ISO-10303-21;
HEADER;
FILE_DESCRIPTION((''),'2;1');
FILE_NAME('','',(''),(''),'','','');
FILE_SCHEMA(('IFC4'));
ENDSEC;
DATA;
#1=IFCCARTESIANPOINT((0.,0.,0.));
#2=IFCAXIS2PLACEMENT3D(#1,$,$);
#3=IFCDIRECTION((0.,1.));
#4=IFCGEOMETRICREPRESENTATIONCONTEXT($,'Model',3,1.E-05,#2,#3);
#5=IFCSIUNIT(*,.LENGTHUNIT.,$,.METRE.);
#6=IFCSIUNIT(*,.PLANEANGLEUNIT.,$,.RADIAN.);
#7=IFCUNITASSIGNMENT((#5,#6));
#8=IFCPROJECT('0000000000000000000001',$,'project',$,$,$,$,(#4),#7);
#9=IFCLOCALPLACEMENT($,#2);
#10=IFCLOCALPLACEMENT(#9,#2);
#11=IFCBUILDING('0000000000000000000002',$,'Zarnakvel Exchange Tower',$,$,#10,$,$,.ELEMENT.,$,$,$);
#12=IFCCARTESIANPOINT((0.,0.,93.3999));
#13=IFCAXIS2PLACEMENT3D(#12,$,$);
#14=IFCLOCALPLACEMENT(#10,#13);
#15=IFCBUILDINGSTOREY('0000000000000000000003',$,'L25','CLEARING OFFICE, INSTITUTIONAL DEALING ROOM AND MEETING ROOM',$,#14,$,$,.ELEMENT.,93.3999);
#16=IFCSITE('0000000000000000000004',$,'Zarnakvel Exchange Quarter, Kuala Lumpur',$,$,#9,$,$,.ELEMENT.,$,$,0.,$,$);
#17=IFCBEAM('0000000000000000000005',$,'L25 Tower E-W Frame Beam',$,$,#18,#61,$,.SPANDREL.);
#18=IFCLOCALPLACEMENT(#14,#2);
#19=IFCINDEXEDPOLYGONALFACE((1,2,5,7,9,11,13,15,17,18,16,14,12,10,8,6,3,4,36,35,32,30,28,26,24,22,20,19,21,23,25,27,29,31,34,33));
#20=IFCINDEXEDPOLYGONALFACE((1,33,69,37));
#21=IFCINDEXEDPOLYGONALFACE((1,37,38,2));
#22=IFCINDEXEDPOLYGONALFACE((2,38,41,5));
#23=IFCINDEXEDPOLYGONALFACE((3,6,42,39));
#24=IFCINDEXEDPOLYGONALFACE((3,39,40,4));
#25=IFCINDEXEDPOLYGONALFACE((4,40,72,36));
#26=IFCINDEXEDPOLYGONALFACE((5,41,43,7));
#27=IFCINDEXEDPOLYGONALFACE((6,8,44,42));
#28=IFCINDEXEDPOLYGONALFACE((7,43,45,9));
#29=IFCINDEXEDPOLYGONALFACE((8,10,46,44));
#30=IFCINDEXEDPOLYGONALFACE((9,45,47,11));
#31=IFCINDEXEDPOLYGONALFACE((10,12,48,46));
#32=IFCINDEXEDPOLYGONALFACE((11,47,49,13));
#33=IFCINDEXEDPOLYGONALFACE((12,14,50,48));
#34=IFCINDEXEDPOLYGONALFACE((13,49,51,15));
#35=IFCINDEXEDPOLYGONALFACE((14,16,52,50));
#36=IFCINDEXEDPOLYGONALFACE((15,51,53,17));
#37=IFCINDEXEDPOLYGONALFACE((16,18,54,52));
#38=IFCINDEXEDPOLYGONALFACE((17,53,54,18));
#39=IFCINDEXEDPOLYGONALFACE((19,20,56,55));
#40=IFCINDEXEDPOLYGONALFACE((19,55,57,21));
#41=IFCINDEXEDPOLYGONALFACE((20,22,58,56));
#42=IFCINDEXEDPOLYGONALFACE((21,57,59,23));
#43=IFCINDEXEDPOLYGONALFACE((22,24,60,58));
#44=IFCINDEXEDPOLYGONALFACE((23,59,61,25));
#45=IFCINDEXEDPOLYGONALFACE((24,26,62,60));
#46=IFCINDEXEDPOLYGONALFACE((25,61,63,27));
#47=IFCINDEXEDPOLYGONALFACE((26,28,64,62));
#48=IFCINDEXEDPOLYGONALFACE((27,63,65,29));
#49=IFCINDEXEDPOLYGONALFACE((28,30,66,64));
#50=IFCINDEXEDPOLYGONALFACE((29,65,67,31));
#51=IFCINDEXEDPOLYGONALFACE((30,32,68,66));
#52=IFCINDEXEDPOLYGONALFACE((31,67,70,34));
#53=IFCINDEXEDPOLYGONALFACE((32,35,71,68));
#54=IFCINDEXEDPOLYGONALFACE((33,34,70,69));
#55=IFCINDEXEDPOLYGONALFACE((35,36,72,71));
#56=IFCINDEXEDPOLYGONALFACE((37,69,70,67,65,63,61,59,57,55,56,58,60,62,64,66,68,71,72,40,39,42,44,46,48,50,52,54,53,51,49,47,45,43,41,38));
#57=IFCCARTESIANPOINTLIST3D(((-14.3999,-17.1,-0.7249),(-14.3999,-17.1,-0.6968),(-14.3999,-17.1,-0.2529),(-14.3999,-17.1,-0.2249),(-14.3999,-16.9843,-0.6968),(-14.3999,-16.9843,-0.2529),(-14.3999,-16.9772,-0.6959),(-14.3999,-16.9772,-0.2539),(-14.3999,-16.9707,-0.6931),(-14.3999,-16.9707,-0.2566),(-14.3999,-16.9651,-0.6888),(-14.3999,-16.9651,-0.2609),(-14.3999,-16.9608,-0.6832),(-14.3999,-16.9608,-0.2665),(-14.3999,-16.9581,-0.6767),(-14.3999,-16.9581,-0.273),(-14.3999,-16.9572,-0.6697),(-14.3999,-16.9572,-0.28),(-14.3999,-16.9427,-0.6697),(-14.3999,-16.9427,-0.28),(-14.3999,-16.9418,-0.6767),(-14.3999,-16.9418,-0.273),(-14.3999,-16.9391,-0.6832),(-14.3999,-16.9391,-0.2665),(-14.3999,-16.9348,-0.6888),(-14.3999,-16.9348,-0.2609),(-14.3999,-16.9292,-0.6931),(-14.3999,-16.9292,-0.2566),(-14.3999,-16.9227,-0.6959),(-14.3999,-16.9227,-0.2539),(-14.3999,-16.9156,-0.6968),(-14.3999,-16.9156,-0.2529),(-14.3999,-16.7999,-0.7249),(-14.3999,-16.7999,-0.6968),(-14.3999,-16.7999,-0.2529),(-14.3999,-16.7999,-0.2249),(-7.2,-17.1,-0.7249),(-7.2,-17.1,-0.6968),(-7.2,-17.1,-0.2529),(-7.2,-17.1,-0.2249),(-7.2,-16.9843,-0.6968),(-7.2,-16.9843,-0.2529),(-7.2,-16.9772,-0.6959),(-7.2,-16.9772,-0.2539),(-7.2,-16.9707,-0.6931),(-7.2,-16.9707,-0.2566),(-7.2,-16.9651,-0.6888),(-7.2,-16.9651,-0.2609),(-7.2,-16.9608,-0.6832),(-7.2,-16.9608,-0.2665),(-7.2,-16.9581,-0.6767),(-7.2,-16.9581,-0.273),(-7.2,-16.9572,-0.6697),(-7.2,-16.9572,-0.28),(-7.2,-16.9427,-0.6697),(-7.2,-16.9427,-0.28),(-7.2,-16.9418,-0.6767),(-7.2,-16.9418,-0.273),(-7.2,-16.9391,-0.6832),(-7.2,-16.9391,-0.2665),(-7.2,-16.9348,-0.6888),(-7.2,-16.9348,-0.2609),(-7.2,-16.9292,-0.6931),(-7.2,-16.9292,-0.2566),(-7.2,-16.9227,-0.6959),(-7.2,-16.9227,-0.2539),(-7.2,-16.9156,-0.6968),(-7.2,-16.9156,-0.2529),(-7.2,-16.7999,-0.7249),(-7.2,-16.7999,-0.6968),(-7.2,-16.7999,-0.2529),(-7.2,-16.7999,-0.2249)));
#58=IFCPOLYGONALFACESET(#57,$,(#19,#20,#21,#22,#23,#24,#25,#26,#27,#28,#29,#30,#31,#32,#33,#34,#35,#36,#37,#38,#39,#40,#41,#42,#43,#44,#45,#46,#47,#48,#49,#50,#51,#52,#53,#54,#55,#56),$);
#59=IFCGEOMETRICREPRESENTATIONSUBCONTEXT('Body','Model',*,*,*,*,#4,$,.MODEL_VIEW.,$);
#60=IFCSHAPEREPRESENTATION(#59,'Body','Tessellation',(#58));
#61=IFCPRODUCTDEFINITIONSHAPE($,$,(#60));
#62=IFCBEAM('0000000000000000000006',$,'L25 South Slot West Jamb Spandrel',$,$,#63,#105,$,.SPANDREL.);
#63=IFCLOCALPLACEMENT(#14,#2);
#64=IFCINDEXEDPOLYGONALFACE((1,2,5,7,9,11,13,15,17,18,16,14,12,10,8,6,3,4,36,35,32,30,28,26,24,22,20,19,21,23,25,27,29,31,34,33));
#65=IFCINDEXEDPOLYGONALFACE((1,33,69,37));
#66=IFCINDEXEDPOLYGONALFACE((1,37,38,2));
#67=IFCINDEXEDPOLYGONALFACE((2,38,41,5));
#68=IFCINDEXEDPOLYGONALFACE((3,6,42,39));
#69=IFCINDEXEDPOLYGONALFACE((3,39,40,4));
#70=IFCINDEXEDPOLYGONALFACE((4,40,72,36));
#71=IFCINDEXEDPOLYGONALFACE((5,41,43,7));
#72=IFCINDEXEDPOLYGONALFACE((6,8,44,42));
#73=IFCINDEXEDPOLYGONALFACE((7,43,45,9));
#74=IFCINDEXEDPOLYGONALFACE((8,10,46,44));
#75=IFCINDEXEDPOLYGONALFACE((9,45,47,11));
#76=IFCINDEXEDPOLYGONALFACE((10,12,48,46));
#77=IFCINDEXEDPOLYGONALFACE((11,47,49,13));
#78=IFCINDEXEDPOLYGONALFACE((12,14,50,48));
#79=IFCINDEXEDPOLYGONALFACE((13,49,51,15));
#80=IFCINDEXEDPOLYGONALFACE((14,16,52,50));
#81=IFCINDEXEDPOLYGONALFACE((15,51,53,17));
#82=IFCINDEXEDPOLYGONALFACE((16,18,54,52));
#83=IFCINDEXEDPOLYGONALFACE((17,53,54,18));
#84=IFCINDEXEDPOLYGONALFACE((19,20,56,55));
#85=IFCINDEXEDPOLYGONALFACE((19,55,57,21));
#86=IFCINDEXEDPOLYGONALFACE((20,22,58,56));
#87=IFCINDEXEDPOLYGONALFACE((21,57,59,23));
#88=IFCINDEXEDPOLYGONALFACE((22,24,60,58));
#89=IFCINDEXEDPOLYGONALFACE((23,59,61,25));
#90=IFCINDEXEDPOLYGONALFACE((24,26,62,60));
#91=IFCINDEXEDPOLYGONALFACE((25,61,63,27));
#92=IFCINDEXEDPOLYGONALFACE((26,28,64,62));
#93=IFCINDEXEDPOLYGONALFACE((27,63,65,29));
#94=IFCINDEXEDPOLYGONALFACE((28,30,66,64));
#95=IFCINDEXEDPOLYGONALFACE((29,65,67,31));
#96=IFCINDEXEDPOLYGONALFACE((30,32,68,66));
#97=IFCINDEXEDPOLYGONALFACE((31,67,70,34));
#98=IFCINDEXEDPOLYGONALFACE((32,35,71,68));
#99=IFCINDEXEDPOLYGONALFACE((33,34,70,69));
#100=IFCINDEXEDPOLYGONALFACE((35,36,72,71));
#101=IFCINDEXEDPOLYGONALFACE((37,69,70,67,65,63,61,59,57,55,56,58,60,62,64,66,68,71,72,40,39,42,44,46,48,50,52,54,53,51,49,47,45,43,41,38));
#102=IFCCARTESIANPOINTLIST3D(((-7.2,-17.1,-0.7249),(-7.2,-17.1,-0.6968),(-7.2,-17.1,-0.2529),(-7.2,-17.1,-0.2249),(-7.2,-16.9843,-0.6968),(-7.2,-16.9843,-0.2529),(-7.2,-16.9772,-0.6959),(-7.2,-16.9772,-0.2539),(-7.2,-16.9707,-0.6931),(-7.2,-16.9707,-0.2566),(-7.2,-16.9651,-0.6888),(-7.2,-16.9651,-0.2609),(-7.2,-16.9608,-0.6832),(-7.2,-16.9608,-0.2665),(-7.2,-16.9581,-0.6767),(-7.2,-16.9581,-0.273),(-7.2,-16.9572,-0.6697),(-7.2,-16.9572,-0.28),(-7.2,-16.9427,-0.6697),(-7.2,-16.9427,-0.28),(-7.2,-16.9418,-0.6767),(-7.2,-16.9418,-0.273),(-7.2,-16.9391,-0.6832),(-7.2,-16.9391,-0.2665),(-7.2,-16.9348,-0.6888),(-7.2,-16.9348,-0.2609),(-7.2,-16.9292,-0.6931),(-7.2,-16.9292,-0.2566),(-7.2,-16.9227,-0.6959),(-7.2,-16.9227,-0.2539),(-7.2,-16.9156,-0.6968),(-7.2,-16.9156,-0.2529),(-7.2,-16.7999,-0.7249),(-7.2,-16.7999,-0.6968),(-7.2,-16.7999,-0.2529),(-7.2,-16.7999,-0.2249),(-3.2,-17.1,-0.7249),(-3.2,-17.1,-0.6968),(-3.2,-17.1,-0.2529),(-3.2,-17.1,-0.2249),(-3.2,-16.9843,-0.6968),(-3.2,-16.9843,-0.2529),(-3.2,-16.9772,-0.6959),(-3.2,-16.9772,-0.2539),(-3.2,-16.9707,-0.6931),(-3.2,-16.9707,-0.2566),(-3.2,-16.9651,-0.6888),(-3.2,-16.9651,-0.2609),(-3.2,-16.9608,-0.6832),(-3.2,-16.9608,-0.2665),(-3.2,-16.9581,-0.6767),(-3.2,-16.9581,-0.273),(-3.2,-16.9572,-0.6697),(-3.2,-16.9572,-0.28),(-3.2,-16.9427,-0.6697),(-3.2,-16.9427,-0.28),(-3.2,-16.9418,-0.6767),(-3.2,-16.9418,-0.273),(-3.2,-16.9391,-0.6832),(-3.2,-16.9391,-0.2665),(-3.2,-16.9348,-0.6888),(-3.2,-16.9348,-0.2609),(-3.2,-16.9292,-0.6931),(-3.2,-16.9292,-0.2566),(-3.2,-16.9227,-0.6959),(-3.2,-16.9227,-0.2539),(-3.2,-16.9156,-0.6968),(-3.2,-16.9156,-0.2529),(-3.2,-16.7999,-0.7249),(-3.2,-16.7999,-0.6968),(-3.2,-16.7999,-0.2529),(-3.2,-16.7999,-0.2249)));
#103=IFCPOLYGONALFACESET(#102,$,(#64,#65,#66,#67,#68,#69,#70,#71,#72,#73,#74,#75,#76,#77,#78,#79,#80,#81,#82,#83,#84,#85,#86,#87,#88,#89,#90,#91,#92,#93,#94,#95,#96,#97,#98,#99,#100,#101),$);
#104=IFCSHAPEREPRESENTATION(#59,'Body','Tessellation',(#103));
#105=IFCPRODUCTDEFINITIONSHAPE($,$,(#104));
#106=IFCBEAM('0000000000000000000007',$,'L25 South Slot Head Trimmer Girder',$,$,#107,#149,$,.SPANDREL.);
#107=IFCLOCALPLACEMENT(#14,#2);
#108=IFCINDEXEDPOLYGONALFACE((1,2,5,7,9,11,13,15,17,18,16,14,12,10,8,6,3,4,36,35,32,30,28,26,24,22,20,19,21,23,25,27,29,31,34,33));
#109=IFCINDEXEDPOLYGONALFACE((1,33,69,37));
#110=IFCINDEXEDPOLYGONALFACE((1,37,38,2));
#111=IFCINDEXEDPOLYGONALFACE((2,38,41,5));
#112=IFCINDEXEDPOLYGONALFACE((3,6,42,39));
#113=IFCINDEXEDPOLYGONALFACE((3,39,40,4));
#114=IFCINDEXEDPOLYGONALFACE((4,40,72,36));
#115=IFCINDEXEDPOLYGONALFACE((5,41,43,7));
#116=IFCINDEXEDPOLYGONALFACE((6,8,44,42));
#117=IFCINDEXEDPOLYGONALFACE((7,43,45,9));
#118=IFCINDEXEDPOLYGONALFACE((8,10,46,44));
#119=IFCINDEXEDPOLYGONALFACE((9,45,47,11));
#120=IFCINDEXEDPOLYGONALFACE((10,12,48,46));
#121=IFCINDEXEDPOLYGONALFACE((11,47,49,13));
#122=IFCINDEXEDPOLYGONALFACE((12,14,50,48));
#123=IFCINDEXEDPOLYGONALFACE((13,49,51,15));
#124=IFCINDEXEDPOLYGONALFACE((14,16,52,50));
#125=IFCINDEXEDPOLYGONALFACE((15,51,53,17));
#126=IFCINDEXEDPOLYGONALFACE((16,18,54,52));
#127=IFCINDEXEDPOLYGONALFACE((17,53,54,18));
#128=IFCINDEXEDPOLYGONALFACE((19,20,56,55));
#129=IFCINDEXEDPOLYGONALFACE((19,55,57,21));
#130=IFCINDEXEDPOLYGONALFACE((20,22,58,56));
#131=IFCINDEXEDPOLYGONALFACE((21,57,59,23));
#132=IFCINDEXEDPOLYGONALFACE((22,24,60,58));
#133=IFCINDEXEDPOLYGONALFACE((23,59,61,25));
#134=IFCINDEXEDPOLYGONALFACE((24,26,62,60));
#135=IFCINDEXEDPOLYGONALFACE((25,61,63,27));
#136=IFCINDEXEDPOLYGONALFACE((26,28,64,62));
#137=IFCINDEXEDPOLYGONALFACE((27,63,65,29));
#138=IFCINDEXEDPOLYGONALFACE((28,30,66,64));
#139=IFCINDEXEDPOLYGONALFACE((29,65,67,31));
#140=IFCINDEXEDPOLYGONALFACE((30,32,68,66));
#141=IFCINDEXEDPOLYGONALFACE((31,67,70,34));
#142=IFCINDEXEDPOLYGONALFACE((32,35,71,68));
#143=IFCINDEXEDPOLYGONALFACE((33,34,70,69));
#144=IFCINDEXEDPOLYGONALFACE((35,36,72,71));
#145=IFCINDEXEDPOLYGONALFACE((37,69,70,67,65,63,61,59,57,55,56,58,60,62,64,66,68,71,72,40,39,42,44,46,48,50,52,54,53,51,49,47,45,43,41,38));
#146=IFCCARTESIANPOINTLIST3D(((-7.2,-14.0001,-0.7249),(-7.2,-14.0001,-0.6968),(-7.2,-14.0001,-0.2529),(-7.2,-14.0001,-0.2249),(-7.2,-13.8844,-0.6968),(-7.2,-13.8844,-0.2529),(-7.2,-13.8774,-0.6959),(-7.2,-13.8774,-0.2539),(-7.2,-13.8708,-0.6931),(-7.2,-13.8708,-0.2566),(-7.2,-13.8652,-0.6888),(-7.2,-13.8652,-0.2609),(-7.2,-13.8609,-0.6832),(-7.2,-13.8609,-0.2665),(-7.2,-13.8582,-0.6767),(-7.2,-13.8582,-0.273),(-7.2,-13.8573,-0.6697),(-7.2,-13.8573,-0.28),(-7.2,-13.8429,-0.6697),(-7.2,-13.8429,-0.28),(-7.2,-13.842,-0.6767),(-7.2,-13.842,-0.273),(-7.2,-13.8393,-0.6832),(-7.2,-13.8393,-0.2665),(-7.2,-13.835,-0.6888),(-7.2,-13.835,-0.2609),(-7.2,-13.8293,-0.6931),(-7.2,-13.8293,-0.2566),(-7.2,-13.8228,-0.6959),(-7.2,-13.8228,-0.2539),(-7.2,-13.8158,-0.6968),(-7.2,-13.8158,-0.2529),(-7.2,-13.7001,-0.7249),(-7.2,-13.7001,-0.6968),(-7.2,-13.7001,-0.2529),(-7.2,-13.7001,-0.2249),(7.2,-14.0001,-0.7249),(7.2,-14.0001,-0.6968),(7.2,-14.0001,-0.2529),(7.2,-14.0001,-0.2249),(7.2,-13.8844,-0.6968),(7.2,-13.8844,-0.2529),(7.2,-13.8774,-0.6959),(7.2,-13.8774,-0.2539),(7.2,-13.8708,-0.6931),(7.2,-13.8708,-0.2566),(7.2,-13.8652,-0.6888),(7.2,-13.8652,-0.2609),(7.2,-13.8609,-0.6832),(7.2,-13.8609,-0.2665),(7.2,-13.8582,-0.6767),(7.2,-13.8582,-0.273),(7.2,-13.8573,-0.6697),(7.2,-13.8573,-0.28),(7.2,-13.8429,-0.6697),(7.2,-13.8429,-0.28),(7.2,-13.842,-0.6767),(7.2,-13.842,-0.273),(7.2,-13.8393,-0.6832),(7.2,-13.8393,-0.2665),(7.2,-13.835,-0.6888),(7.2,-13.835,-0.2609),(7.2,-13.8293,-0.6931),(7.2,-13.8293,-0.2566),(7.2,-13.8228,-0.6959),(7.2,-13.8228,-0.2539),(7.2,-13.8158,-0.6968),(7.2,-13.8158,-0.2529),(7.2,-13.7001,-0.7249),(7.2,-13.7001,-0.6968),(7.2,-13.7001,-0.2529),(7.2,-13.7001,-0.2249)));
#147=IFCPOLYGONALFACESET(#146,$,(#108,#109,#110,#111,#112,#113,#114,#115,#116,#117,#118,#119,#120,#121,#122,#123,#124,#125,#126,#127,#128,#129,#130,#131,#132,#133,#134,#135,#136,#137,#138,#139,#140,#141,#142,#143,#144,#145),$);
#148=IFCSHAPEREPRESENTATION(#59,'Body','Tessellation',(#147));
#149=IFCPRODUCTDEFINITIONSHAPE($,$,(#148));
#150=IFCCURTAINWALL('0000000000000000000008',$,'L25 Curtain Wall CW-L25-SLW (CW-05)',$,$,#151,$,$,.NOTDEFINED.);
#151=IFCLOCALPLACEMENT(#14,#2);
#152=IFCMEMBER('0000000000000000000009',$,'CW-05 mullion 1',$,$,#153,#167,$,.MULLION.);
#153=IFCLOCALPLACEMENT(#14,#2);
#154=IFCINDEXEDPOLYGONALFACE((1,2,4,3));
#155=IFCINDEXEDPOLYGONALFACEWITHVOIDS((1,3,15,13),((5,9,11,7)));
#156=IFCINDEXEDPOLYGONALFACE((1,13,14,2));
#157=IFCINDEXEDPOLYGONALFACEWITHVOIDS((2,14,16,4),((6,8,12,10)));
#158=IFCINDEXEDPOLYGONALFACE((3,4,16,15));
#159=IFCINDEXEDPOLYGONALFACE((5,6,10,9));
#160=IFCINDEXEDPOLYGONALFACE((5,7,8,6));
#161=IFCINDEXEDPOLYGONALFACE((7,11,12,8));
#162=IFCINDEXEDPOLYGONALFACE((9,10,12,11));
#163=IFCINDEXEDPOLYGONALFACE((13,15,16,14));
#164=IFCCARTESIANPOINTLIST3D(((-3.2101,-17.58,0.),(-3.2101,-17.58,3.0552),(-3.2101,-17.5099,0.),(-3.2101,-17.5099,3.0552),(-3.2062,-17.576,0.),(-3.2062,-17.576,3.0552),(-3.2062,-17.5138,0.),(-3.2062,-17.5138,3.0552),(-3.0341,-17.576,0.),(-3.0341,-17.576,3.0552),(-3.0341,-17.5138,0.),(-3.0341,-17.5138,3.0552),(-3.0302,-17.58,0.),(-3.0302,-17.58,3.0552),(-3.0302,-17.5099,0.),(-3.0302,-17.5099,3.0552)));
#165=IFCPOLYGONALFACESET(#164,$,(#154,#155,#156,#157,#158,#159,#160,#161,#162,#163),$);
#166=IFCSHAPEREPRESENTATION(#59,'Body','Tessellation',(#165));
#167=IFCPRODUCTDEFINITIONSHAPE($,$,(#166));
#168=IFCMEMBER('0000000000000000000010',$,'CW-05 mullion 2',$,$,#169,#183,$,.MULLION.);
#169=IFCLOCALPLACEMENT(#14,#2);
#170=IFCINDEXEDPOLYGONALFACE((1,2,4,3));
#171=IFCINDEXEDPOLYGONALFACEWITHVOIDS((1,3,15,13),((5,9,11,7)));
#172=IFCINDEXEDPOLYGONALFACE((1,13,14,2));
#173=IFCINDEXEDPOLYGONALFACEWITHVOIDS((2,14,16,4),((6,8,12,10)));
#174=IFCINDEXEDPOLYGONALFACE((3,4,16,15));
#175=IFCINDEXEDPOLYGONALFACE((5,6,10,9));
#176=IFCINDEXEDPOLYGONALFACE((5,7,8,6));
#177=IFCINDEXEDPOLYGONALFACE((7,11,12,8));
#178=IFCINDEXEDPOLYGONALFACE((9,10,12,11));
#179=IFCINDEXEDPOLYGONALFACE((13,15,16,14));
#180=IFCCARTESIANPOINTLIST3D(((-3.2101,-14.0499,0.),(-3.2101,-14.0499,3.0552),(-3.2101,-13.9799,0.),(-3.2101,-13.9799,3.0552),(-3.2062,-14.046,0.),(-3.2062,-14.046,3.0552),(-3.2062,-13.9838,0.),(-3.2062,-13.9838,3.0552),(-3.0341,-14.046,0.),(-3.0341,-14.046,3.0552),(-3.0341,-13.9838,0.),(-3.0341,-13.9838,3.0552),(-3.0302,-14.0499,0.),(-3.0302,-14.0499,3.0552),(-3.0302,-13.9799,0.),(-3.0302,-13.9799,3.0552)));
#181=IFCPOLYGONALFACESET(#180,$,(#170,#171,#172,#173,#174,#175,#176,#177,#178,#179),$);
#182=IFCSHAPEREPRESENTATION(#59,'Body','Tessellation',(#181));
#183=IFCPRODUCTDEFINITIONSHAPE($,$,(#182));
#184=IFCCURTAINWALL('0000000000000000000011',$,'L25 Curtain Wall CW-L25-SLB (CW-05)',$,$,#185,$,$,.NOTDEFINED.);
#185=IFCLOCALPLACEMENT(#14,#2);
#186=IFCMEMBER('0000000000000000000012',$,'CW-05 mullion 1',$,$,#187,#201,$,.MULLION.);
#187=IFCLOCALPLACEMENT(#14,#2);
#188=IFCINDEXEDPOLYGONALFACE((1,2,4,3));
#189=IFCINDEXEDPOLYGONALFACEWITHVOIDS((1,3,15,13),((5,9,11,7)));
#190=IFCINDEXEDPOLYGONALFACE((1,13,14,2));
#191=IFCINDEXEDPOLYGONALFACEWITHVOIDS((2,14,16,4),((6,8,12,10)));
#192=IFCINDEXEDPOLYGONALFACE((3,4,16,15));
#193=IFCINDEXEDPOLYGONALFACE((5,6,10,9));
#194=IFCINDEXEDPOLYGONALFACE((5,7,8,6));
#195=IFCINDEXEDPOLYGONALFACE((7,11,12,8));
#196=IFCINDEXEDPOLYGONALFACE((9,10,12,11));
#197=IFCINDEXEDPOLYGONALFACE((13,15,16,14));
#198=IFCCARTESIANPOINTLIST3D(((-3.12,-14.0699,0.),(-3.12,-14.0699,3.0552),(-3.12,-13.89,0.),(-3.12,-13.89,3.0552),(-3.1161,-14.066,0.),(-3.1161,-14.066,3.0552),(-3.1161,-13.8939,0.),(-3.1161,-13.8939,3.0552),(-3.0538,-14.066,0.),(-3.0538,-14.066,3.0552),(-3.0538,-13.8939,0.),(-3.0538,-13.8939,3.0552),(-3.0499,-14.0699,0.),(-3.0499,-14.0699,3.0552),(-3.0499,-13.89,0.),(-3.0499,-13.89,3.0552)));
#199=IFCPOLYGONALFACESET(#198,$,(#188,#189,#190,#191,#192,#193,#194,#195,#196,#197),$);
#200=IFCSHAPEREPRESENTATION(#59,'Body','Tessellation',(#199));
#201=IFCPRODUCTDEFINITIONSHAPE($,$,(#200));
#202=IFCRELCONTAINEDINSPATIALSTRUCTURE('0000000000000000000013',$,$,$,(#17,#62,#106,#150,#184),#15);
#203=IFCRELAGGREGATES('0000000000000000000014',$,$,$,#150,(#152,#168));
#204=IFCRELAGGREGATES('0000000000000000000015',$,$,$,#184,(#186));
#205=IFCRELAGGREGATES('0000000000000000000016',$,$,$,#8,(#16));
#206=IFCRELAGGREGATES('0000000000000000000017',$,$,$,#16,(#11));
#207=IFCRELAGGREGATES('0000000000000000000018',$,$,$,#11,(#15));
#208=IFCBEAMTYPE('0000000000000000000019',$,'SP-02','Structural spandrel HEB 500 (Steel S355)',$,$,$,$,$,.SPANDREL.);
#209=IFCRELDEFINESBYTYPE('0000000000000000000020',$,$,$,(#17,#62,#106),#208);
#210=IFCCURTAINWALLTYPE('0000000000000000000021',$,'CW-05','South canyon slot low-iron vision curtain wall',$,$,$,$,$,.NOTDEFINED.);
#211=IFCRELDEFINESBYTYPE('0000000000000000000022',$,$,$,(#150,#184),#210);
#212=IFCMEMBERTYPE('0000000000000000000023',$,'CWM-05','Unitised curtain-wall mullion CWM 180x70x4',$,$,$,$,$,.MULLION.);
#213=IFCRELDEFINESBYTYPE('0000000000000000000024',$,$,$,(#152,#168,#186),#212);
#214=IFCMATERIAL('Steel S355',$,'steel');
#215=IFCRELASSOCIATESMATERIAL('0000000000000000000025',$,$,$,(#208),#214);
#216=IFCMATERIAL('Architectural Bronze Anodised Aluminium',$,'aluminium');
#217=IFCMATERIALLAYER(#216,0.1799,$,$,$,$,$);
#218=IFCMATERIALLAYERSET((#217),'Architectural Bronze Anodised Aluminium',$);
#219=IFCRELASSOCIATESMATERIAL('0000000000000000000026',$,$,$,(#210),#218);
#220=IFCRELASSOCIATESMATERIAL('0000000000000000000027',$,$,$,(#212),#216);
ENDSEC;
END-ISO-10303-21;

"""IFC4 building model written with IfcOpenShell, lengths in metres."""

from ifc_helpers import new_model, si_unit, direction, frame, origin, origin_2d, place, context, subcontext, project, spatial, hollow_rectangle, i_section, extrude, source, transform, mapped, material, layer, layer_set, material_profile, profile_set, type_object, element, aggregate, save


model = new_model("IFC4")

# Units and contexts
model_context = context("Model", 3, precision=1e-05, world=origin(), true_north=direction((0.0, 1.0)))
body_context = subcontext(model_context, "Body", "Model", "MODEL_VIEW")
ifc_project = project(units=[si_unit("LENGTHUNIT", "METRE"), si_unit("PLANEANGLEUNIT", "RADIAN")], contexts=[model_context])

# Site, building, storey
site_placement = place(None, origin())
site = spatial("IfcSite", under=ifc_project, at=site_placement, Name="Zarnakvel Exchange Quarter, Kuala Lumpur", CompositionType="ELEMENT", RefElevation=0.0)
building_placement = place(site_placement, origin())
building = spatial("IfcBuilding", under=site, at=building_placement, Name="Zarnakvel Exchange Tower", CompositionType="ELEMENT")
storey_placement = place(building_placement, frame((0.0, 0.0, 93.3999)))
storey = spatial("IfcBuildingStorey", under=building, at=storey_placement, Name="L25", Description="CLEARING OFFICE, INSTITUTIONAL DEALING ROOM AND MEETING ROOM", CompositionType="ELEMENT", Elevation=93.3999)

# Beams
ifc_material_1 = material(Name="Steel S355", Category="steel")
ifc_material_profile_1 = material_profile(ifc_material_1, i_section(OverallWidth=0.3, OverallDepth=0.5, WebThickness=0.0144, FlangeThickness=0.0281, FilletRadius=0.0271, at=origin_2d()))
ifc_profile_set_1 = profile_set([ifc_material_profile_1], Name="Steel S355")
beam_type_1 = type_object("IfcBeamType", Name="SP-02", Description="Structural spandrel HEB 500 (Steel S355)", PredefinedType="SPANDREL", material=ifc_profile_set_1)
beam_1_placement = place(storey_placement, frame((-14.3999, -16.95, -0.4749), z_axis=(1.0, 0.0, 0.0), x_axis=(0.0, 1.0, 0.0)))
element("IfcBeam", 1, at=beam_1_placement, inside=storey, type_object=beam_type_1, Name="L25 Tower E-W Frame Beam", PredefinedType="SPANDREL", context=body_context, shape_type="SweptSolid", body=[
    extrude(i_section(OverallWidth=0.3, OverallDepth=0.5, WebThickness=0.0144, FlangeThickness=0.0281, FilletRadius=0.0271, at=origin_2d()), origin(), (0.0, 0.0, 1.0), 7.2),
])
beam_2_placement = place(storey_placement, frame((-7.2, -16.95, -0.4749), z_axis=(1.0, 0.0, 0.0), x_axis=(0.0, 1.0, 0.0)))
element("IfcBeam", 2, at=beam_2_placement, inside=storey, type_object=beam_type_1, Name="L25 South Slot West Jamb Spandrel", PredefinedType="SPANDREL", context=body_context, shape_type="SweptSolid", body=[
    extrude(i_section(OverallWidth=0.3, OverallDepth=0.5, WebThickness=0.0144, FlangeThickness=0.0281, FilletRadius=0.0271, at=origin_2d()), origin(), (0.0, 0.0, 1.0), 4.0),
])
beam_3_placement = place(storey_placement, frame((-7.2, -13.8501, -0.4749), z_axis=(1.0, 0.0, 0.0), x_axis=(0.0, 1.0, 0.0)))
element("IfcBeam", 3, at=beam_3_placement, inside=storey, type_object=beam_type_1, Name="L25 South Slot Head Trimmer Girder", PredefinedType="SPANDREL", context=body_context, shape_type="SweptSolid", body=[
    extrude(i_section(OverallWidth=0.3, OverallDepth=0.5, WebThickness=0.0144, FlangeThickness=0.0281, FilletRadius=0.0271, at=origin_2d()), origin(), (0.0, 0.0, 1.0), 14.3999),
])

# Curtain wall, members
ifc_material_2 = material(Name="Architectural Bronze Anodised Aluminium", Category="aluminium")
ifc_layer_1 = layer(ifc_material_2, 0.1799)
ifc_layer_set_1 = layer_set([ifc_layer_1], Name="Architectural Bronze Anodised Aluminium")
curtain_wall_type = type_object("IfcCurtainWallType", Name="CW-05", Description="South canyon slot low-iron vision curtain wall", PredefinedType="NOTDEFINED", material=ifc_layer_set_1)
curtain_wall_1_placement = place(storey_placement, origin())
curtain_wall_1 = element("IfcCurtainWall", 4, at=curtain_wall_1_placement, inside=storey, type_object=curtain_wall_type, Name="L25 Curtain Wall CW-L25-SLW (CW-05)", PredefinedType="NOTDEFINED")
ifc_material_profile_2 = material_profile(ifc_material_2, hollow_rectangle(XDim=0.1799, YDim=0.0701, WallThickness=0.0039, at=origin_2d()))
ifc_profile_set_2 = profile_set([ifc_material_profile_2], Name="Architectural Bronze Anodised Aluminium")
member_type_1 = type_object("IfcMemberType", Name="CWM-05", Description="Unitised curtain-wall mullion CWM 180x70x4", PredefinedType="MULLION", material=ifc_profile_set_2)
shared_shape_1 = source(origin(), body_context, "Body", "SweptSolid", [
    extrude(hollow_rectangle(XDim=0.1799, YDim=0.0701, WallThickness=0.0039, at=origin_2d()), origin(), (0.0, 0.0, 1.0), 3.0552),
])
member_1_placement = place(storey_placement, frame((-3.1201, -17.5449, 0.0), z_axis=(0.0, 0.0, 1.0), x_axis=(-1.0, 0.0, 0.0)))
member_1 = element("IfcMember", 5, at=member_1_placement, type_object=member_type_1, Name="CW-05 mullion 1", PredefinedType="MULLION", context=body_context, shape_type="MappedRepresentation", body=[
    mapped(shared_shape_1, transform((0.0, 0.0, 0.0), x_axis=(1.0, 0.0, 0.0), y_axis=(0.0, 1.0, 0.0), z_axis=(0.0, 0.0, 1.0), scale=1.0)),
])
member_2_placement = place(storey_placement, frame((-3.1201, -14.0149, 0.0), z_axis=(0.0, 0.0, 1.0), x_axis=(-1.0, 0.0, 0.0)))
member_2 = element("IfcMember", 6, at=member_2_placement, type_object=member_type_1, Name="CW-05 mullion 2", PredefinedType="MULLION", context=body_context, shape_type="MappedRepresentation", body=[
    mapped(shared_shape_1, transform((0.0, 0.0, 0.0), x_axis=(1.0, 0.0, 0.0), y_axis=(0.0, 1.0, 0.0), z_axis=(0.0, 0.0, 1.0), scale=1.0)),
])

# Curtain wall, member
curtain_wall_2_placement = place(storey_placement, origin())
curtain_wall_2 = element("IfcCurtainWall", 7, at=curtain_wall_2_placement, inside=storey, type_object=curtain_wall_type, Name="L25 Curtain Wall CW-L25-SLB (CW-05)", PredefinedType="NOTDEFINED")
member_3_placement = place(storey_placement, frame((-3.085, -13.98, 0.0), z_axis=(0.0, 0.0, 1.0), x_axis=(0.0, 1.0, 0.0)))
member_3 = element("IfcMember", 8, at=member_3_placement, type_object=member_type_1, Name="CW-05 mullion 1", PredefinedType="MULLION", context=body_context, shape_type="MappedRepresentation", body=[
    mapped(shared_shape_1, transform((0.0, 0.0, 0.0), x_axis=(1.0, 0.0, 0.0), y_axis=(0.0, 1.0, 0.0), z_axis=(0.0, 0.0, 1.0), scale=1.0)),
])

aggregate(curtain_wall_1, [member_1, member_2])
aggregate(curtain_wall_2, [member_3])

save(model, "model.ifc")
